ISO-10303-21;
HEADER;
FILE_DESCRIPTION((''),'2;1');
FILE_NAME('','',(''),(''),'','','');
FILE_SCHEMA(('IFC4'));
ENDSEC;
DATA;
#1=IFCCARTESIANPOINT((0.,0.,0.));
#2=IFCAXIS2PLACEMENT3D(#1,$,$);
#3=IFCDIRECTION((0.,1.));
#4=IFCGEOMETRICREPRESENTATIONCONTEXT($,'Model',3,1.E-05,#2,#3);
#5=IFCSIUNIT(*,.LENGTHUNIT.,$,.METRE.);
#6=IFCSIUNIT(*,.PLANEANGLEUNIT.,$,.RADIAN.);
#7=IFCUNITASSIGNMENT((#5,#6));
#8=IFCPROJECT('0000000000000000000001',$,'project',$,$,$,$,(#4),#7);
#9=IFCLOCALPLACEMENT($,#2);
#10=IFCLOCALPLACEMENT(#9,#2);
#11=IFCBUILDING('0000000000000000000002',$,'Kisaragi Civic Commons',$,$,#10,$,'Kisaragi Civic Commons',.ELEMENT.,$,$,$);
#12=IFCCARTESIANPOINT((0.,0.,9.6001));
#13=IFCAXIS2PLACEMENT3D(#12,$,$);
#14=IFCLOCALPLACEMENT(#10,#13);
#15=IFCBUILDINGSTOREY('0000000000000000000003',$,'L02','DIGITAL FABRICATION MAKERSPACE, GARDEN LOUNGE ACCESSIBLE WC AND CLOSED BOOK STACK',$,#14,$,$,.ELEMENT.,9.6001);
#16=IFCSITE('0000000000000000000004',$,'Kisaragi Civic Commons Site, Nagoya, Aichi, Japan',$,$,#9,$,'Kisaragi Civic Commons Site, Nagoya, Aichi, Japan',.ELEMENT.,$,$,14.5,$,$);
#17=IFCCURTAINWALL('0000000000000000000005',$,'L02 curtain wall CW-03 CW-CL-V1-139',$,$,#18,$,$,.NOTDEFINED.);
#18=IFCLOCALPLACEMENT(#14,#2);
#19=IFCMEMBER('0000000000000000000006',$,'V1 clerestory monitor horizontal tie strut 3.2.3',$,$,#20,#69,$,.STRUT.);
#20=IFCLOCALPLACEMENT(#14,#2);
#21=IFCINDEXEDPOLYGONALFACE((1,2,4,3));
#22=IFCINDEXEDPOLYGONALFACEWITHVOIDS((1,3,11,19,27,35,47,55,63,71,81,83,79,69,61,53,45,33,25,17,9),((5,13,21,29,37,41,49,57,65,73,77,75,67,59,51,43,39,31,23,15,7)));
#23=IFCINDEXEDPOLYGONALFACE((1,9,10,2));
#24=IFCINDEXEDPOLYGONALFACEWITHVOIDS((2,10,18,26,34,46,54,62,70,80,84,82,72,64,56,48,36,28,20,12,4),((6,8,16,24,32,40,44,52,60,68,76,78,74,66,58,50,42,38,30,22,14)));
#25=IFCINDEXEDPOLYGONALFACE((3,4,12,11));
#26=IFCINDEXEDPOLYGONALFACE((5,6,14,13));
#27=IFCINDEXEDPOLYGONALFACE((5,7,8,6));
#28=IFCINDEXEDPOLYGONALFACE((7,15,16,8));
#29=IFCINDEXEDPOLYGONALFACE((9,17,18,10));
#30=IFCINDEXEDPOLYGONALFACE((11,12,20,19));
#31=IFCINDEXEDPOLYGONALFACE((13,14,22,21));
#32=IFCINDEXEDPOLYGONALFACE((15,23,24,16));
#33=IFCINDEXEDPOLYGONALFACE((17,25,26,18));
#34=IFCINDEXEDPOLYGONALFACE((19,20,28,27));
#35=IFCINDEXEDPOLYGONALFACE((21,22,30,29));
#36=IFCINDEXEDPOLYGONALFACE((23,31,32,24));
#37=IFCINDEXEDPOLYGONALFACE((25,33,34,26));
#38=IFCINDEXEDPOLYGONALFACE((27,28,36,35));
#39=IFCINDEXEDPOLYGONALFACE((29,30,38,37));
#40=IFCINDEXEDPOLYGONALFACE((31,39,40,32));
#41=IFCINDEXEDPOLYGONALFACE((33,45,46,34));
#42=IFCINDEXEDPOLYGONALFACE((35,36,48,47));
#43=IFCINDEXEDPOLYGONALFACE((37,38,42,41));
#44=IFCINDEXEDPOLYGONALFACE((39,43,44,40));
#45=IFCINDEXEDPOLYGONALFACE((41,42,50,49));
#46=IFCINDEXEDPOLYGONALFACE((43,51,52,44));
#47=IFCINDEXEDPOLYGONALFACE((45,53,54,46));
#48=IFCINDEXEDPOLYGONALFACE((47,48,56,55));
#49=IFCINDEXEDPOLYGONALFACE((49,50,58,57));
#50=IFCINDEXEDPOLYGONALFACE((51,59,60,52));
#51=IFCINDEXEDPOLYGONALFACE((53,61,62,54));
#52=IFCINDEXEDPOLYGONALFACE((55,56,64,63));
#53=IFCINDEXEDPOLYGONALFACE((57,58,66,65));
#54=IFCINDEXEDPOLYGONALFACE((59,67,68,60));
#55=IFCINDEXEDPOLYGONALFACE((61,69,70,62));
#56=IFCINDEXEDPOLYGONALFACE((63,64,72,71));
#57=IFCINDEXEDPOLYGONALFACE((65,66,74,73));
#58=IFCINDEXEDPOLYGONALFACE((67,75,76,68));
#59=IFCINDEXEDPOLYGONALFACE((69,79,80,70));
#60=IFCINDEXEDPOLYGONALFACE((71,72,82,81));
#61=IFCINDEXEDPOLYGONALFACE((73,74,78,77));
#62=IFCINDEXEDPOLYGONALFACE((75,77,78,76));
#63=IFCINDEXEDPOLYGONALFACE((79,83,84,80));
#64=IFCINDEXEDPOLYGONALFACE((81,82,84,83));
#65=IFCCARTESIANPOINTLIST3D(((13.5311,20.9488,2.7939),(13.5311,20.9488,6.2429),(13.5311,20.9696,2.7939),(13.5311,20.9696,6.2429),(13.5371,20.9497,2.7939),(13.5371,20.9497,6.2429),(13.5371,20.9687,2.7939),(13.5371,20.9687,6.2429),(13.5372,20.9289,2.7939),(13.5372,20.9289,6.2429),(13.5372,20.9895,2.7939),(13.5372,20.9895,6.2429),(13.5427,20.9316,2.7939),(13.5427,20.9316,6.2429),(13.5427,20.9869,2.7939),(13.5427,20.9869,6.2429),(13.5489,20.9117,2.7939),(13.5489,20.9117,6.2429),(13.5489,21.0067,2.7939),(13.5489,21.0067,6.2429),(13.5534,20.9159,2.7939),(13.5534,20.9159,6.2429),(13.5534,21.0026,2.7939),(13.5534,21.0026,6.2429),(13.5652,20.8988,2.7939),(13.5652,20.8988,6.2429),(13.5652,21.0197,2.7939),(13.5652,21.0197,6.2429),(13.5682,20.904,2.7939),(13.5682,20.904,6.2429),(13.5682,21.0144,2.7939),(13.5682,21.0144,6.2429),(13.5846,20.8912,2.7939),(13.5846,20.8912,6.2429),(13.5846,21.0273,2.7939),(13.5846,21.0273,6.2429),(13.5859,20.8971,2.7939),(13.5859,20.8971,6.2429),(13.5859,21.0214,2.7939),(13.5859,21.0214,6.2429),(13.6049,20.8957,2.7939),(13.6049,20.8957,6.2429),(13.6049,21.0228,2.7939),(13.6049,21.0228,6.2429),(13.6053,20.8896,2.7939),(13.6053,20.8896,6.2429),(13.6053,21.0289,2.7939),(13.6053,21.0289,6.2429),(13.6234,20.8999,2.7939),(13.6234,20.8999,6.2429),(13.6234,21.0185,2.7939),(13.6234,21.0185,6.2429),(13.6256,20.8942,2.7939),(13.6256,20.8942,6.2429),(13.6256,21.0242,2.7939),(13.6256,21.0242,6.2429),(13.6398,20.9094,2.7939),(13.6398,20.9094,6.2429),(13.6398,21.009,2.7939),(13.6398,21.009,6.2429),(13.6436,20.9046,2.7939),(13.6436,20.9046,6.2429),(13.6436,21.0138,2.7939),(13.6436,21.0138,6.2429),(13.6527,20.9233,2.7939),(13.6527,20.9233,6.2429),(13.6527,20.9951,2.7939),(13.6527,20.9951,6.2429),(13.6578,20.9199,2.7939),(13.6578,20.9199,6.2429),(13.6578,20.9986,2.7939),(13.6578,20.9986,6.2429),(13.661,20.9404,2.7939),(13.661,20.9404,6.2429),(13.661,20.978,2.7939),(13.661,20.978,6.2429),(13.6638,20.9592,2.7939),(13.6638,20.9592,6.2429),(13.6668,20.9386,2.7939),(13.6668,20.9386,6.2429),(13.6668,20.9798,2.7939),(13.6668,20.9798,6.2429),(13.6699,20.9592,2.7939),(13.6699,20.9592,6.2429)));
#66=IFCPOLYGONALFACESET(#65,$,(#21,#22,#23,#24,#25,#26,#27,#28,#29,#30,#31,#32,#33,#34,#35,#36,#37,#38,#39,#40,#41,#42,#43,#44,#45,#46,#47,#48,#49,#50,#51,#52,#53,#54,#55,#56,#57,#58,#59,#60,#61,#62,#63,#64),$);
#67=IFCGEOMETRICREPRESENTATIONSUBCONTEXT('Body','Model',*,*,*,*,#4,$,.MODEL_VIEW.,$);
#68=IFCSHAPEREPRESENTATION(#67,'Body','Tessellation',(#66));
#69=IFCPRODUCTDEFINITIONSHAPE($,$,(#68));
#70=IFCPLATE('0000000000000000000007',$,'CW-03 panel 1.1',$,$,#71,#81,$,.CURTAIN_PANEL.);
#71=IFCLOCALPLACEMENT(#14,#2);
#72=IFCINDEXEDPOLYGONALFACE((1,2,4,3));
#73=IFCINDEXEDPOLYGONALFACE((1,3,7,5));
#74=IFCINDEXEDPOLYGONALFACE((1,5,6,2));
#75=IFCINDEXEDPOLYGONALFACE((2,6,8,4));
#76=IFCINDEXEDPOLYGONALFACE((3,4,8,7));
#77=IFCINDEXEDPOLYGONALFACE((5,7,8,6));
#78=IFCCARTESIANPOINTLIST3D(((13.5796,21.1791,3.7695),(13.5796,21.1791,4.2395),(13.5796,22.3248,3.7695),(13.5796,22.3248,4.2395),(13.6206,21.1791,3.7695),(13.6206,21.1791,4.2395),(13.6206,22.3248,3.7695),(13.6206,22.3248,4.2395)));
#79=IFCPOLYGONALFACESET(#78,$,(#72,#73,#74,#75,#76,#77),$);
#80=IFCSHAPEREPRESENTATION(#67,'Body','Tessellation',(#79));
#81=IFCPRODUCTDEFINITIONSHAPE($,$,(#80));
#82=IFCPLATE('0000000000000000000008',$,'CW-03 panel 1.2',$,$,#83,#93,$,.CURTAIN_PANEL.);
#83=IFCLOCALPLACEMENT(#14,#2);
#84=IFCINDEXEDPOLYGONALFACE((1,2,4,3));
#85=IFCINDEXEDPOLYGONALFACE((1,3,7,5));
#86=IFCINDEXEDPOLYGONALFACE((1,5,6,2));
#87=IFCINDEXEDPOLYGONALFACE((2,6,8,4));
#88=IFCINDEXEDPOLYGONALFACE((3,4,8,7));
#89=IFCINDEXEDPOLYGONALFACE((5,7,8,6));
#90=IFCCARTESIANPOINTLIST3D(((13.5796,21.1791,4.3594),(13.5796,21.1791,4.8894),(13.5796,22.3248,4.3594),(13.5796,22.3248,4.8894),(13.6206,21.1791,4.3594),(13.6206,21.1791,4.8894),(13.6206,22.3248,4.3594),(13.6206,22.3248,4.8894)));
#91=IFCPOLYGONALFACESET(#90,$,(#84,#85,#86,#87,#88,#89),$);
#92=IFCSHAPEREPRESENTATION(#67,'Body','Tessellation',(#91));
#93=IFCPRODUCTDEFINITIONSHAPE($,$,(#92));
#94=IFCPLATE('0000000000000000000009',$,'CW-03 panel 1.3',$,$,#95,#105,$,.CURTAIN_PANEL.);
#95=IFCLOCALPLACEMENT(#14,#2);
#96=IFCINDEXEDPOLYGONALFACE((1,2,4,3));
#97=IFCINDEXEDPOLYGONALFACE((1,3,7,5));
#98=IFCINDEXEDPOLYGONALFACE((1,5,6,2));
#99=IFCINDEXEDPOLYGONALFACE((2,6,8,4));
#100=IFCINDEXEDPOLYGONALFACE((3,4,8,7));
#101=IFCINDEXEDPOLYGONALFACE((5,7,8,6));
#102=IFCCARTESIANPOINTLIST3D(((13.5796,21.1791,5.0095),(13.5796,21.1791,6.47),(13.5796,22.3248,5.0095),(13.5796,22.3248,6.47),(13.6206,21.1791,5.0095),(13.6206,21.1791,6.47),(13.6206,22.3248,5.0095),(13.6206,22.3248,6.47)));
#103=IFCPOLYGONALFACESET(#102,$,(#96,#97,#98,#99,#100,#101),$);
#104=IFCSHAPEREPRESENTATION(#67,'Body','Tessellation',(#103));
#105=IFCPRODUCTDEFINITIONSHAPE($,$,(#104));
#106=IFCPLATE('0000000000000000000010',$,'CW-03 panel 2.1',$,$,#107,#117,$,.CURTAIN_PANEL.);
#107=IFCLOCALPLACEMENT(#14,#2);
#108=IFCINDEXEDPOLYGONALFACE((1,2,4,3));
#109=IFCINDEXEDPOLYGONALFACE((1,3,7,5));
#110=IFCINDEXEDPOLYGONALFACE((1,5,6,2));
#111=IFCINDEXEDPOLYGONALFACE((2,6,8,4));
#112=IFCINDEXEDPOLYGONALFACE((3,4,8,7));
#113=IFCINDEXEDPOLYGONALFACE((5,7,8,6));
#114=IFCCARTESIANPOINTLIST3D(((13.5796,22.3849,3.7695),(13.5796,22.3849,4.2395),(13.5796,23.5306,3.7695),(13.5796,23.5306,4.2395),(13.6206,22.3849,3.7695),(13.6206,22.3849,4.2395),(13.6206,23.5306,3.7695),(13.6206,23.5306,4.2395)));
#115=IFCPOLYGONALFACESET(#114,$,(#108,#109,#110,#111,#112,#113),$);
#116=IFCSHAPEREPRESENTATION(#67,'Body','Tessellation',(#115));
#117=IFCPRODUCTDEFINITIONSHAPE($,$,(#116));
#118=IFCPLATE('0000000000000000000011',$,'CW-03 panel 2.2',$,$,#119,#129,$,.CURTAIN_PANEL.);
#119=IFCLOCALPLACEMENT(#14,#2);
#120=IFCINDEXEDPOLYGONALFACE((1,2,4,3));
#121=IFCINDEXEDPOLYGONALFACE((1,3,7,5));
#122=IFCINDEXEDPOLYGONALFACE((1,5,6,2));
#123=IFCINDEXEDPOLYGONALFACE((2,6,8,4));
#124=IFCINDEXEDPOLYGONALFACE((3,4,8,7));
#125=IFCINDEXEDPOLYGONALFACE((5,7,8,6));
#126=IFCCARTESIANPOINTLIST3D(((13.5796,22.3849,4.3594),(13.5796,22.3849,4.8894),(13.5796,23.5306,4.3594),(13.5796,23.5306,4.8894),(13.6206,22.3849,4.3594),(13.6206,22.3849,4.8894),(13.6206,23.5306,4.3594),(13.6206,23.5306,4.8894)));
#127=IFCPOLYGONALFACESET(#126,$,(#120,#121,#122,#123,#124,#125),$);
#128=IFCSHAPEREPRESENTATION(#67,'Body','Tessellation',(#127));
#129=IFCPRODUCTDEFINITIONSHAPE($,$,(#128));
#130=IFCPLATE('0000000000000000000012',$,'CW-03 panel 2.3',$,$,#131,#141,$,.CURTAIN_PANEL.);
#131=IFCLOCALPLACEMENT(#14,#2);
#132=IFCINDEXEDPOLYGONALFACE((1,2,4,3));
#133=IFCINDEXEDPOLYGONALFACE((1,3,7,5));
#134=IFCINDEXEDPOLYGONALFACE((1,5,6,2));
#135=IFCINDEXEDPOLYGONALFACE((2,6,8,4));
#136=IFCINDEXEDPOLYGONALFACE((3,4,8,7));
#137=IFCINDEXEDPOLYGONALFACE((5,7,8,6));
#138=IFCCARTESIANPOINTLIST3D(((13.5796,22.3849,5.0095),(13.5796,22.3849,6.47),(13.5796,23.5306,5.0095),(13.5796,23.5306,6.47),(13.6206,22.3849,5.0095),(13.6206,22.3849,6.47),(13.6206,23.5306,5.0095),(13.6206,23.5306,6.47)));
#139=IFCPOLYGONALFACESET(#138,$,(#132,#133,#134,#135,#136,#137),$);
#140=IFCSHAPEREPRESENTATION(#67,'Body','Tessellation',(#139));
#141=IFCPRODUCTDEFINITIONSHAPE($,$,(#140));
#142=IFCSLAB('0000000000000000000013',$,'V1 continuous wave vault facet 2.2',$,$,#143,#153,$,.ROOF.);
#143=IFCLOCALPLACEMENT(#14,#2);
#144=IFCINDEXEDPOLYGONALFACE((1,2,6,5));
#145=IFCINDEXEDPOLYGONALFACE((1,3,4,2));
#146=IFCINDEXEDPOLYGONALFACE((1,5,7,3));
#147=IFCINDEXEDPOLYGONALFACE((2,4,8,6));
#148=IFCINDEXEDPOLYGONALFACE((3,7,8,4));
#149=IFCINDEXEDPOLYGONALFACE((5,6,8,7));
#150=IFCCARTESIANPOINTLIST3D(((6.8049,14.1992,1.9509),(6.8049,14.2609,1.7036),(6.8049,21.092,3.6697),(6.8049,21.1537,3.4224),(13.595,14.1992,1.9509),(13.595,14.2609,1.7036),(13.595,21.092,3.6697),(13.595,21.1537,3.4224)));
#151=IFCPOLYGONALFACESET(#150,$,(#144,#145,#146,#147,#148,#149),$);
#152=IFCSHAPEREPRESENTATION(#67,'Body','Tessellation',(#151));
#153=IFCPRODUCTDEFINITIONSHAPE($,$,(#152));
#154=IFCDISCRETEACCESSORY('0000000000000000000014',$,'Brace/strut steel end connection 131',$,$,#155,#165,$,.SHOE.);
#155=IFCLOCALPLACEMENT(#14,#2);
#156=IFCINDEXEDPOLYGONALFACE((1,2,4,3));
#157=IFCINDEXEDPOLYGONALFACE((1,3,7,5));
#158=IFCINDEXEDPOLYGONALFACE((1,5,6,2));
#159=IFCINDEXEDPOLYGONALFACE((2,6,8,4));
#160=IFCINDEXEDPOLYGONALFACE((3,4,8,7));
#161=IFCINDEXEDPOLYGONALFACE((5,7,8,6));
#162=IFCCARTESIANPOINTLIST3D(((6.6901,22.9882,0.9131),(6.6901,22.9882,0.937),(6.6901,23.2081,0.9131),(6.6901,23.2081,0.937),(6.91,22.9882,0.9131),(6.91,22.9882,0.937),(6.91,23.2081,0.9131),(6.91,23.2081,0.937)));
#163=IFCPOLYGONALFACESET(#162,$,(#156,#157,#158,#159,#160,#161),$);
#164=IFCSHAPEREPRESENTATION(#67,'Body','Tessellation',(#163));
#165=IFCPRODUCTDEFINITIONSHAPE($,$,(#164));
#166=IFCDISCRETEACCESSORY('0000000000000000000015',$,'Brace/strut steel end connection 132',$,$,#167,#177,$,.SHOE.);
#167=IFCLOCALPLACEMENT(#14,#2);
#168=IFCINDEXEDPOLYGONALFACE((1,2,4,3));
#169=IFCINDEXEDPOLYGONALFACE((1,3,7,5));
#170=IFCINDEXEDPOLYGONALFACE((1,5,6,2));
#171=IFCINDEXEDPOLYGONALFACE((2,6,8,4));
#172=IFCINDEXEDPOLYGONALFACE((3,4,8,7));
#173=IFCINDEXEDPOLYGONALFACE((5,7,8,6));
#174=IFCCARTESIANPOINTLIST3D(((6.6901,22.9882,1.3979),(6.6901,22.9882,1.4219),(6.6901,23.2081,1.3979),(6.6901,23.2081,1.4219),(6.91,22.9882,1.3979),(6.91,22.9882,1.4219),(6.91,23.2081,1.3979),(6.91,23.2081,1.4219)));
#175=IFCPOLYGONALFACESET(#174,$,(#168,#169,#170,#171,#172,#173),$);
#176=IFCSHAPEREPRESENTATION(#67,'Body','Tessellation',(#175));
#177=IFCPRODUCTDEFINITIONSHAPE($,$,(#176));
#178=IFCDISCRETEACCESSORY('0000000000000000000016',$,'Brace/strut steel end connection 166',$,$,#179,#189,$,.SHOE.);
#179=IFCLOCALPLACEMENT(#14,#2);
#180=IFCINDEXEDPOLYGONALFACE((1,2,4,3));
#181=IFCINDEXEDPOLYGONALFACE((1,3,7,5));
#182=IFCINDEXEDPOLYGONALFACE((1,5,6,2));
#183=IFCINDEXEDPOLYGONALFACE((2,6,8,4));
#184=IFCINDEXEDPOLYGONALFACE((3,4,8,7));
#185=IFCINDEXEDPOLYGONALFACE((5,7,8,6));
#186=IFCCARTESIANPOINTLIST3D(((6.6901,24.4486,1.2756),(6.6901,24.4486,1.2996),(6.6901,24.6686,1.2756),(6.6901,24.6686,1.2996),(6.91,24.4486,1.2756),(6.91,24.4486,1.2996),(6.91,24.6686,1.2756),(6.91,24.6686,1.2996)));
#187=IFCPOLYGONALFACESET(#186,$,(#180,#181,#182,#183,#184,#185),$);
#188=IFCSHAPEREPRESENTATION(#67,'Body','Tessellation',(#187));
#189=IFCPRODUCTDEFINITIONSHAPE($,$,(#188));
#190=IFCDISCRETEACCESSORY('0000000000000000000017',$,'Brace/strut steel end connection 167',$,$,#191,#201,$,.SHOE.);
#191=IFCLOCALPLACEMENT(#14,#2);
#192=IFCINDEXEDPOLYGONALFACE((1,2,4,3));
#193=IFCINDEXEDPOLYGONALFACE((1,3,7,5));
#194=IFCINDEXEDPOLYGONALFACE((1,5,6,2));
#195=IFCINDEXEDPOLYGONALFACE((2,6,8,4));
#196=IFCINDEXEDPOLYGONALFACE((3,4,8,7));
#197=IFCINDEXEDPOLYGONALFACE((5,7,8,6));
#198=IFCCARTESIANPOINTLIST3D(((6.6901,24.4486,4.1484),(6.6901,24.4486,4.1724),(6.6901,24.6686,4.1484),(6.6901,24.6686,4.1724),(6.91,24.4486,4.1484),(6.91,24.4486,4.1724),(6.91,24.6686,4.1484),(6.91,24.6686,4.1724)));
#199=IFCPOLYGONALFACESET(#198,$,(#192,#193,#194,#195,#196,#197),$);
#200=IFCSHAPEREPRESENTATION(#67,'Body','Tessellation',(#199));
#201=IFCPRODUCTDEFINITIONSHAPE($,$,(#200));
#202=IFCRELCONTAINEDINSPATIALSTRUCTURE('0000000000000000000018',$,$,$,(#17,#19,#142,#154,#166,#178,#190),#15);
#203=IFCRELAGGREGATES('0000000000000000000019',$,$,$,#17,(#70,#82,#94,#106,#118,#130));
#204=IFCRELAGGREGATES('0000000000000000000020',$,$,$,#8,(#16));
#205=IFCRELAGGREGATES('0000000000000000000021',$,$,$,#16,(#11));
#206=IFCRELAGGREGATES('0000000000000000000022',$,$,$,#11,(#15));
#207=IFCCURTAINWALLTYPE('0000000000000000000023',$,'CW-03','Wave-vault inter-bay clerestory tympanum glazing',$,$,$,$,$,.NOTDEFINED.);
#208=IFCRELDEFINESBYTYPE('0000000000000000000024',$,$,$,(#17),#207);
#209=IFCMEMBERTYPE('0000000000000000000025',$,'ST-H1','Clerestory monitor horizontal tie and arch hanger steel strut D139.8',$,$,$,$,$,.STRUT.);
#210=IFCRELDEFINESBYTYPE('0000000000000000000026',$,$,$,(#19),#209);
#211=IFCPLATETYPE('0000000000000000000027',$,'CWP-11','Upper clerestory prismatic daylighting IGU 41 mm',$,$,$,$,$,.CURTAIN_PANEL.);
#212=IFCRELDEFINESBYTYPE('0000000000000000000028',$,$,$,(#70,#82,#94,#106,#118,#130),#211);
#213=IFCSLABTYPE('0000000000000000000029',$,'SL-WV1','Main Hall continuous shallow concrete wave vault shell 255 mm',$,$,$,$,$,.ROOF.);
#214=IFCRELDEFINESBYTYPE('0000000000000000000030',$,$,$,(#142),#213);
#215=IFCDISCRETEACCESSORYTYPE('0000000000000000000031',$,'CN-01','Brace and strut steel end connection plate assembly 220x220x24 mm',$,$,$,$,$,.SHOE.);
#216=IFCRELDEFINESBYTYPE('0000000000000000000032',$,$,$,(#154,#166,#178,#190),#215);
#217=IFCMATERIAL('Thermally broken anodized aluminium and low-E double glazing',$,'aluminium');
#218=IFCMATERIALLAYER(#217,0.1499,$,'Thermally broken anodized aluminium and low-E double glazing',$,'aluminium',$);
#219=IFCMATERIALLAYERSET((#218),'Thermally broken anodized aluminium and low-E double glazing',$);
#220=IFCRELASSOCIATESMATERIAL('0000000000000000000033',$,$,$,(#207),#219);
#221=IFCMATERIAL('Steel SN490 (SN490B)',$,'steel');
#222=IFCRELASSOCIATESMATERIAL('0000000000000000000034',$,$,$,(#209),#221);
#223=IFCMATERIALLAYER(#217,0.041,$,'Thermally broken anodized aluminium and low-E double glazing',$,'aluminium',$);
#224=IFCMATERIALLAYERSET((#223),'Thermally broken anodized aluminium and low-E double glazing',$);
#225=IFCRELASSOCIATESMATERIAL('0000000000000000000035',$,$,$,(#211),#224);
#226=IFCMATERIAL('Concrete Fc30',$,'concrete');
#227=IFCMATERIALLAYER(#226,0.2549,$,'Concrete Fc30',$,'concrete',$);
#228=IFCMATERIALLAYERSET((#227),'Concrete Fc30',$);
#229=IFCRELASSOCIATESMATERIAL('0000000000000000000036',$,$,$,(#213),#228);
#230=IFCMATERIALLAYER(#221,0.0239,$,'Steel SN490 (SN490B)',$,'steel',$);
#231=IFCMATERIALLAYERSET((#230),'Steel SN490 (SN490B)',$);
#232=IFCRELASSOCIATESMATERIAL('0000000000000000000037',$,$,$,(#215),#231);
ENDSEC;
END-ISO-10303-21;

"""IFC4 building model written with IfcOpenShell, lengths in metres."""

from ifc_helpers import new_model, si_unit, direction, frame, origin, origin_2d, place, context, subcontext, project, spatial, polyline, rectangle, hollow_circle, outline, extrude, material, layer, layer_set, material_profile, profile_set, type_object, element, aggregate, save


model = new_model("IFC4")

# Units and contexts
model_context = context("Model", 3, precision=1e-05, world=origin(), true_north=direction((0.0, 1.0)))
body_context = subcontext(model_context, "Body", "Model", "MODEL_VIEW")
ifc_project = project(units=[si_unit("LENGTHUNIT", "METRE"), si_unit("PLANEANGLEUNIT", "RADIAN")], contexts=[model_context])

# Site, building, storey
site_placement = place(None, origin())
site = spatial("IfcSite", under=ifc_project, at=site_placement, Name="Kisaragi Civic Commons Site, Nagoya, Aichi, Japan", LongName="Kisaragi Civic Commons Site, Nagoya, Aichi, Japan", CompositionType="ELEMENT", RefElevation=14.5)
building_placement = place(site_placement, origin())
building = spatial("IfcBuilding", under=site, at=building_placement, Name="Kisaragi Civic Commons", LongName="Kisaragi Civic Commons", CompositionType="ELEMENT")
storey_placement = place(building_placement, frame((0.0, 0.0, 9.6001)))
storey = spatial("IfcBuildingStorey", under=building, at=storey_placement, Name="L02", Description="DIGITAL FABRICATION MAKERSPACE, GARDEN LOUNGE ACCESSIBLE WC AND CLOSED BOOK STACK", CompositionType="ELEMENT", Elevation=9.6001)

# Curtain wall
ifc_material_1 = material(Name="Thermally broken anodized aluminium and low-E double glazing", Category="aluminium")
ifc_layer_1 = layer(ifc_material_1, 0.1499, Name="Thermally broken anodized aluminium and low-E double glazing", Category="aluminium")
ifc_layer_set_1 = layer_set([ifc_layer_1], Name="Thermally broken anodized aluminium and low-E double glazing")
curtain_wall_type = type_object("IfcCurtainWallType", Name="CW-03", Description="Wave-vault inter-bay clerestory tympanum glazing", PredefinedType="NOTDEFINED", material=ifc_layer_set_1)
curtain_wall_1_placement = place(storey_placement, origin())
curtain_wall_1 = element("IfcCurtainWall", 1, at=curtain_wall_1_placement, inside=storey, type_object=curtain_wall_type, Name="L02 curtain wall CW-03 CW-CL-V1-139", PredefinedType="NOTDEFINED")

# Member
ifc_material_2 = material(Name="Steel SN490 (SN490B)", Category="steel")
ifc_material_profile_1 = material_profile(ifc_material_2, hollow_circle(Radius=0.0698, WallThickness=0.0061, at=origin_2d()), Name="CHS-139.8x6.0", Category="steel")
ifc_profile_set_1 = profile_set([ifc_material_profile_1], Name="Steel SN490 (SN490B)")
member_type_1 = type_object("IfcMemberType", Name="ST-H1", Description="Clerestory monitor horizontal tie and arch hanger steel strut D139.8", PredefinedType="STRUT", material=ifc_profile_set_1)
member_1_placement = place(storey_placement, frame((13.6001, 20.9592, 2.7939), z_axis=(0.0, 0.0, 1.0), x_axis=(1.0, 0.0, 0.0)))
element("IfcMember", 2, at=member_1_placement, inside=storey, type_object=member_type_1, Name="V1 clerestory monitor horizontal tie strut 3.2.3", PredefinedType="STRUT", context=body_context, shape_type="SweptSolid", body=[
    extrude(hollow_circle(Radius=0.0698, WallThickness=0.0061, at=origin_2d()), origin(), (0.0, 0.0, 1.0), 3.449),
])

# Plates
ifc_layer_2 = layer(ifc_material_1, 0.041, Name="Thermally broken anodized aluminium and low-E double glazing", Category="aluminium")
ifc_layer_set_2 = layer_set([ifc_layer_2], Name="Thermally broken anodized aluminium and low-E double glazing")
plate_type = type_object("IfcPlateType", Name="CWP-11", Description="Upper clerestory prismatic daylighting IGU 41 mm", PredefinedType="CURTAIN_PANEL", material=ifc_layer_set_2)
plate_1_placement = place(storey_placement, frame((13.6001, 21.752, 3.7695), z_axis=(0.0, 0.0, 1.0), x_axis=(0.0, 1.0, 0.0)))
plate_1 = element("IfcPlate", 3, at=plate_1_placement, type_object=plate_type, Name="CW-03 panel 1.1", PredefinedType="CURTAIN_PANEL", context=body_context, shape_type="SweptSolid", body=[
    extrude(rectangle(XDim=1.1458, YDim=0.041, at=origin_2d()), origin(), (0.0, 0.0, 1.0), 0.47),
])
plate_2_placement = place(storey_placement, frame((13.6001, 21.752, 4.3594), z_axis=(0.0, 0.0, 1.0), x_axis=(0.0, 1.0, 0.0)))
plate_2 = element("IfcPlate", 4, at=plate_2_placement, type_object=plate_type, Name="CW-03 panel 1.2", PredefinedType="CURTAIN_PANEL", context=body_context, shape_type="SweptSolid", body=[
    extrude(rectangle(XDim=1.1458, YDim=0.041, at=origin_2d()), origin(), (0.0, 0.0, 1.0), 0.53),
])
plate_3_placement = place(storey_placement, frame((13.6001, 21.752, 5.0095), z_axis=(0.0, 0.0, 1.0), x_axis=(0.0, 1.0, 0.0)))
plate_3 = element("IfcPlate", 5, at=plate_3_placement, type_object=plate_type, Name="CW-03 panel 1.3", PredefinedType="CURTAIN_PANEL", context=body_context, shape_type="SweptSolid", body=[
    extrude(rectangle(XDim=1.1458, YDim=0.041, at=origin_2d()), origin(), (0.0, 0.0, 1.0), 1.4604),
])
plate_4_placement = place(storey_placement, frame((13.6001, 22.9578, 3.7695), z_axis=(0.0, 0.0, 1.0), x_axis=(0.0, 1.0, 0.0)))
plate_4 = element("IfcPlate", 6, at=plate_4_placement, type_object=plate_type, Name="CW-03 panel 2.1", PredefinedType="CURTAIN_PANEL", context=body_context, shape_type="SweptSolid", body=[
    extrude(rectangle(XDim=1.1458, YDim=0.041, at=origin_2d()), origin(), (0.0, 0.0, 1.0), 0.47),
])
plate_5_placement = place(storey_placement, frame((13.6001, 22.9578, 4.3594), z_axis=(0.0, 0.0, 1.0), x_axis=(0.0, 1.0, 0.0)))
plate_5 = element("IfcPlate", 7, at=plate_5_placement, type_object=plate_type, Name="CW-03 panel 2.2", PredefinedType="CURTAIN_PANEL", context=body_context, shape_type="SweptSolid", body=[
    extrude(rectangle(XDim=1.1458, YDim=0.041, at=origin_2d()), origin(), (0.0, 0.0, 1.0), 0.53),
])
plate_6_placement = place(storey_placement, frame((13.6001, 22.9578, 5.0095), z_axis=(0.0, 0.0, 1.0), x_axis=(0.0, 1.0, 0.0)))
plate_6 = element("IfcPlate", 8, at=plate_6_placement, type_object=plate_type, Name="CW-03 panel 2.3", PredefinedType="CURTAIN_PANEL", context=body_context, shape_type="SweptSolid", body=[
    extrude(rectangle(XDim=1.1458, YDim=0.041, at=origin_2d()), origin(), (0.0, 0.0, 1.0), 1.4604),
])
aggregate(curtain_wall_1, [plate_1, plate_2, plate_3, plate_4, plate_5, plate_6])

# Slab
ifc_material_3 = material(Name="Concrete Fc30", Category="concrete")
ifc_layer_3 = layer(ifc_material_3, 0.2549, Name="Concrete Fc30", Category="concrete")
ifc_layer_set_3 = layer_set([ifc_layer_3], Name="Concrete Fc30")
slab_type = type_object("IfcSlabType", Name="SL-WV1", Description="Main Hall continuous shallow concrete wave vault shell 255 mm", PredefinedType="ROOF", material=ifc_layer_set_3)
slab_placement = place(storey_placement, frame((13.595, 21.092, 3.6697), z_axis=(0.0, -0.241945, 0.97029), x_axis=(-1.0, 0.0, 0.0)))
element("IfcSlab", 9, at=slab_placement, inside=storey, type_object=slab_type, Name="V1 continuous wave vault facet 2.2", PredefinedType="ROOF", context=body_context, shape_type="SweptSolid", body=[
    extrude(outline(polyline([(0.0, 0.0), (6.79, 0.0), (6.79, 7.1039), (0.0, 7.1039), (0.0, 0.0)])), origin(), (0.0, 0.0, -1.0), 0.2549),
])

# Discrete accessories
ifc_layer_4 = layer(ifc_material_2, 0.0239, Name="Steel SN490 (SN490B)", Category="steel")
ifc_layer_set_4 = layer_set([ifc_layer_4], Name="Steel SN490 (SN490B)")
discrete_accessory_type = type_object("IfcDiscreteAccessoryType", Name="CN-01", Description="Brace and strut steel end connection plate assembly 220x220x24 mm", PredefinedType="SHOE", material=ifc_layer_set_4)
for number, where, z_axis, x_axis, name in (
    (10, (6.8, 23.0981, 0.9131), (0.0, 0.0, 1.0), (1.0, 0.0, 0.0), "Brace/strut steel end connection 131"),
    (11, (6.8, 23.0981, 1.3979), (0.0, 0.0, 1.0), (1.0, 0.0, 0.0), "Brace/strut steel end connection 132"),
    (12, (6.8, 24.5586, 1.2756), (0.0, 0.0, 1.0), (1.0, 0.0, 0.0), "Brace/strut steel end connection 166"),
    (13, (6.8, 24.5586, 4.1484), (0.0, 0.0, 1.0), (1.0, 0.0, 0.0), "Brace/strut steel end connection 167"),
):
    element("IfcDiscreteAccessory", number, at=place(storey_placement, frame(where, z_axis=z_axis, x_axis=x_axis)), inside=storey, type_object=discrete_accessory_type, Name=name, PredefinedType="SHOE", context=body_context, shape_type="SweptSolid", body=[
        extrude(rectangle(XDim=0.22, YDim=0.22, at=origin_2d()), origin(), (0.0, 0.0, 1.0), 0.0239),
    ])

save(model, "model.ifc")
